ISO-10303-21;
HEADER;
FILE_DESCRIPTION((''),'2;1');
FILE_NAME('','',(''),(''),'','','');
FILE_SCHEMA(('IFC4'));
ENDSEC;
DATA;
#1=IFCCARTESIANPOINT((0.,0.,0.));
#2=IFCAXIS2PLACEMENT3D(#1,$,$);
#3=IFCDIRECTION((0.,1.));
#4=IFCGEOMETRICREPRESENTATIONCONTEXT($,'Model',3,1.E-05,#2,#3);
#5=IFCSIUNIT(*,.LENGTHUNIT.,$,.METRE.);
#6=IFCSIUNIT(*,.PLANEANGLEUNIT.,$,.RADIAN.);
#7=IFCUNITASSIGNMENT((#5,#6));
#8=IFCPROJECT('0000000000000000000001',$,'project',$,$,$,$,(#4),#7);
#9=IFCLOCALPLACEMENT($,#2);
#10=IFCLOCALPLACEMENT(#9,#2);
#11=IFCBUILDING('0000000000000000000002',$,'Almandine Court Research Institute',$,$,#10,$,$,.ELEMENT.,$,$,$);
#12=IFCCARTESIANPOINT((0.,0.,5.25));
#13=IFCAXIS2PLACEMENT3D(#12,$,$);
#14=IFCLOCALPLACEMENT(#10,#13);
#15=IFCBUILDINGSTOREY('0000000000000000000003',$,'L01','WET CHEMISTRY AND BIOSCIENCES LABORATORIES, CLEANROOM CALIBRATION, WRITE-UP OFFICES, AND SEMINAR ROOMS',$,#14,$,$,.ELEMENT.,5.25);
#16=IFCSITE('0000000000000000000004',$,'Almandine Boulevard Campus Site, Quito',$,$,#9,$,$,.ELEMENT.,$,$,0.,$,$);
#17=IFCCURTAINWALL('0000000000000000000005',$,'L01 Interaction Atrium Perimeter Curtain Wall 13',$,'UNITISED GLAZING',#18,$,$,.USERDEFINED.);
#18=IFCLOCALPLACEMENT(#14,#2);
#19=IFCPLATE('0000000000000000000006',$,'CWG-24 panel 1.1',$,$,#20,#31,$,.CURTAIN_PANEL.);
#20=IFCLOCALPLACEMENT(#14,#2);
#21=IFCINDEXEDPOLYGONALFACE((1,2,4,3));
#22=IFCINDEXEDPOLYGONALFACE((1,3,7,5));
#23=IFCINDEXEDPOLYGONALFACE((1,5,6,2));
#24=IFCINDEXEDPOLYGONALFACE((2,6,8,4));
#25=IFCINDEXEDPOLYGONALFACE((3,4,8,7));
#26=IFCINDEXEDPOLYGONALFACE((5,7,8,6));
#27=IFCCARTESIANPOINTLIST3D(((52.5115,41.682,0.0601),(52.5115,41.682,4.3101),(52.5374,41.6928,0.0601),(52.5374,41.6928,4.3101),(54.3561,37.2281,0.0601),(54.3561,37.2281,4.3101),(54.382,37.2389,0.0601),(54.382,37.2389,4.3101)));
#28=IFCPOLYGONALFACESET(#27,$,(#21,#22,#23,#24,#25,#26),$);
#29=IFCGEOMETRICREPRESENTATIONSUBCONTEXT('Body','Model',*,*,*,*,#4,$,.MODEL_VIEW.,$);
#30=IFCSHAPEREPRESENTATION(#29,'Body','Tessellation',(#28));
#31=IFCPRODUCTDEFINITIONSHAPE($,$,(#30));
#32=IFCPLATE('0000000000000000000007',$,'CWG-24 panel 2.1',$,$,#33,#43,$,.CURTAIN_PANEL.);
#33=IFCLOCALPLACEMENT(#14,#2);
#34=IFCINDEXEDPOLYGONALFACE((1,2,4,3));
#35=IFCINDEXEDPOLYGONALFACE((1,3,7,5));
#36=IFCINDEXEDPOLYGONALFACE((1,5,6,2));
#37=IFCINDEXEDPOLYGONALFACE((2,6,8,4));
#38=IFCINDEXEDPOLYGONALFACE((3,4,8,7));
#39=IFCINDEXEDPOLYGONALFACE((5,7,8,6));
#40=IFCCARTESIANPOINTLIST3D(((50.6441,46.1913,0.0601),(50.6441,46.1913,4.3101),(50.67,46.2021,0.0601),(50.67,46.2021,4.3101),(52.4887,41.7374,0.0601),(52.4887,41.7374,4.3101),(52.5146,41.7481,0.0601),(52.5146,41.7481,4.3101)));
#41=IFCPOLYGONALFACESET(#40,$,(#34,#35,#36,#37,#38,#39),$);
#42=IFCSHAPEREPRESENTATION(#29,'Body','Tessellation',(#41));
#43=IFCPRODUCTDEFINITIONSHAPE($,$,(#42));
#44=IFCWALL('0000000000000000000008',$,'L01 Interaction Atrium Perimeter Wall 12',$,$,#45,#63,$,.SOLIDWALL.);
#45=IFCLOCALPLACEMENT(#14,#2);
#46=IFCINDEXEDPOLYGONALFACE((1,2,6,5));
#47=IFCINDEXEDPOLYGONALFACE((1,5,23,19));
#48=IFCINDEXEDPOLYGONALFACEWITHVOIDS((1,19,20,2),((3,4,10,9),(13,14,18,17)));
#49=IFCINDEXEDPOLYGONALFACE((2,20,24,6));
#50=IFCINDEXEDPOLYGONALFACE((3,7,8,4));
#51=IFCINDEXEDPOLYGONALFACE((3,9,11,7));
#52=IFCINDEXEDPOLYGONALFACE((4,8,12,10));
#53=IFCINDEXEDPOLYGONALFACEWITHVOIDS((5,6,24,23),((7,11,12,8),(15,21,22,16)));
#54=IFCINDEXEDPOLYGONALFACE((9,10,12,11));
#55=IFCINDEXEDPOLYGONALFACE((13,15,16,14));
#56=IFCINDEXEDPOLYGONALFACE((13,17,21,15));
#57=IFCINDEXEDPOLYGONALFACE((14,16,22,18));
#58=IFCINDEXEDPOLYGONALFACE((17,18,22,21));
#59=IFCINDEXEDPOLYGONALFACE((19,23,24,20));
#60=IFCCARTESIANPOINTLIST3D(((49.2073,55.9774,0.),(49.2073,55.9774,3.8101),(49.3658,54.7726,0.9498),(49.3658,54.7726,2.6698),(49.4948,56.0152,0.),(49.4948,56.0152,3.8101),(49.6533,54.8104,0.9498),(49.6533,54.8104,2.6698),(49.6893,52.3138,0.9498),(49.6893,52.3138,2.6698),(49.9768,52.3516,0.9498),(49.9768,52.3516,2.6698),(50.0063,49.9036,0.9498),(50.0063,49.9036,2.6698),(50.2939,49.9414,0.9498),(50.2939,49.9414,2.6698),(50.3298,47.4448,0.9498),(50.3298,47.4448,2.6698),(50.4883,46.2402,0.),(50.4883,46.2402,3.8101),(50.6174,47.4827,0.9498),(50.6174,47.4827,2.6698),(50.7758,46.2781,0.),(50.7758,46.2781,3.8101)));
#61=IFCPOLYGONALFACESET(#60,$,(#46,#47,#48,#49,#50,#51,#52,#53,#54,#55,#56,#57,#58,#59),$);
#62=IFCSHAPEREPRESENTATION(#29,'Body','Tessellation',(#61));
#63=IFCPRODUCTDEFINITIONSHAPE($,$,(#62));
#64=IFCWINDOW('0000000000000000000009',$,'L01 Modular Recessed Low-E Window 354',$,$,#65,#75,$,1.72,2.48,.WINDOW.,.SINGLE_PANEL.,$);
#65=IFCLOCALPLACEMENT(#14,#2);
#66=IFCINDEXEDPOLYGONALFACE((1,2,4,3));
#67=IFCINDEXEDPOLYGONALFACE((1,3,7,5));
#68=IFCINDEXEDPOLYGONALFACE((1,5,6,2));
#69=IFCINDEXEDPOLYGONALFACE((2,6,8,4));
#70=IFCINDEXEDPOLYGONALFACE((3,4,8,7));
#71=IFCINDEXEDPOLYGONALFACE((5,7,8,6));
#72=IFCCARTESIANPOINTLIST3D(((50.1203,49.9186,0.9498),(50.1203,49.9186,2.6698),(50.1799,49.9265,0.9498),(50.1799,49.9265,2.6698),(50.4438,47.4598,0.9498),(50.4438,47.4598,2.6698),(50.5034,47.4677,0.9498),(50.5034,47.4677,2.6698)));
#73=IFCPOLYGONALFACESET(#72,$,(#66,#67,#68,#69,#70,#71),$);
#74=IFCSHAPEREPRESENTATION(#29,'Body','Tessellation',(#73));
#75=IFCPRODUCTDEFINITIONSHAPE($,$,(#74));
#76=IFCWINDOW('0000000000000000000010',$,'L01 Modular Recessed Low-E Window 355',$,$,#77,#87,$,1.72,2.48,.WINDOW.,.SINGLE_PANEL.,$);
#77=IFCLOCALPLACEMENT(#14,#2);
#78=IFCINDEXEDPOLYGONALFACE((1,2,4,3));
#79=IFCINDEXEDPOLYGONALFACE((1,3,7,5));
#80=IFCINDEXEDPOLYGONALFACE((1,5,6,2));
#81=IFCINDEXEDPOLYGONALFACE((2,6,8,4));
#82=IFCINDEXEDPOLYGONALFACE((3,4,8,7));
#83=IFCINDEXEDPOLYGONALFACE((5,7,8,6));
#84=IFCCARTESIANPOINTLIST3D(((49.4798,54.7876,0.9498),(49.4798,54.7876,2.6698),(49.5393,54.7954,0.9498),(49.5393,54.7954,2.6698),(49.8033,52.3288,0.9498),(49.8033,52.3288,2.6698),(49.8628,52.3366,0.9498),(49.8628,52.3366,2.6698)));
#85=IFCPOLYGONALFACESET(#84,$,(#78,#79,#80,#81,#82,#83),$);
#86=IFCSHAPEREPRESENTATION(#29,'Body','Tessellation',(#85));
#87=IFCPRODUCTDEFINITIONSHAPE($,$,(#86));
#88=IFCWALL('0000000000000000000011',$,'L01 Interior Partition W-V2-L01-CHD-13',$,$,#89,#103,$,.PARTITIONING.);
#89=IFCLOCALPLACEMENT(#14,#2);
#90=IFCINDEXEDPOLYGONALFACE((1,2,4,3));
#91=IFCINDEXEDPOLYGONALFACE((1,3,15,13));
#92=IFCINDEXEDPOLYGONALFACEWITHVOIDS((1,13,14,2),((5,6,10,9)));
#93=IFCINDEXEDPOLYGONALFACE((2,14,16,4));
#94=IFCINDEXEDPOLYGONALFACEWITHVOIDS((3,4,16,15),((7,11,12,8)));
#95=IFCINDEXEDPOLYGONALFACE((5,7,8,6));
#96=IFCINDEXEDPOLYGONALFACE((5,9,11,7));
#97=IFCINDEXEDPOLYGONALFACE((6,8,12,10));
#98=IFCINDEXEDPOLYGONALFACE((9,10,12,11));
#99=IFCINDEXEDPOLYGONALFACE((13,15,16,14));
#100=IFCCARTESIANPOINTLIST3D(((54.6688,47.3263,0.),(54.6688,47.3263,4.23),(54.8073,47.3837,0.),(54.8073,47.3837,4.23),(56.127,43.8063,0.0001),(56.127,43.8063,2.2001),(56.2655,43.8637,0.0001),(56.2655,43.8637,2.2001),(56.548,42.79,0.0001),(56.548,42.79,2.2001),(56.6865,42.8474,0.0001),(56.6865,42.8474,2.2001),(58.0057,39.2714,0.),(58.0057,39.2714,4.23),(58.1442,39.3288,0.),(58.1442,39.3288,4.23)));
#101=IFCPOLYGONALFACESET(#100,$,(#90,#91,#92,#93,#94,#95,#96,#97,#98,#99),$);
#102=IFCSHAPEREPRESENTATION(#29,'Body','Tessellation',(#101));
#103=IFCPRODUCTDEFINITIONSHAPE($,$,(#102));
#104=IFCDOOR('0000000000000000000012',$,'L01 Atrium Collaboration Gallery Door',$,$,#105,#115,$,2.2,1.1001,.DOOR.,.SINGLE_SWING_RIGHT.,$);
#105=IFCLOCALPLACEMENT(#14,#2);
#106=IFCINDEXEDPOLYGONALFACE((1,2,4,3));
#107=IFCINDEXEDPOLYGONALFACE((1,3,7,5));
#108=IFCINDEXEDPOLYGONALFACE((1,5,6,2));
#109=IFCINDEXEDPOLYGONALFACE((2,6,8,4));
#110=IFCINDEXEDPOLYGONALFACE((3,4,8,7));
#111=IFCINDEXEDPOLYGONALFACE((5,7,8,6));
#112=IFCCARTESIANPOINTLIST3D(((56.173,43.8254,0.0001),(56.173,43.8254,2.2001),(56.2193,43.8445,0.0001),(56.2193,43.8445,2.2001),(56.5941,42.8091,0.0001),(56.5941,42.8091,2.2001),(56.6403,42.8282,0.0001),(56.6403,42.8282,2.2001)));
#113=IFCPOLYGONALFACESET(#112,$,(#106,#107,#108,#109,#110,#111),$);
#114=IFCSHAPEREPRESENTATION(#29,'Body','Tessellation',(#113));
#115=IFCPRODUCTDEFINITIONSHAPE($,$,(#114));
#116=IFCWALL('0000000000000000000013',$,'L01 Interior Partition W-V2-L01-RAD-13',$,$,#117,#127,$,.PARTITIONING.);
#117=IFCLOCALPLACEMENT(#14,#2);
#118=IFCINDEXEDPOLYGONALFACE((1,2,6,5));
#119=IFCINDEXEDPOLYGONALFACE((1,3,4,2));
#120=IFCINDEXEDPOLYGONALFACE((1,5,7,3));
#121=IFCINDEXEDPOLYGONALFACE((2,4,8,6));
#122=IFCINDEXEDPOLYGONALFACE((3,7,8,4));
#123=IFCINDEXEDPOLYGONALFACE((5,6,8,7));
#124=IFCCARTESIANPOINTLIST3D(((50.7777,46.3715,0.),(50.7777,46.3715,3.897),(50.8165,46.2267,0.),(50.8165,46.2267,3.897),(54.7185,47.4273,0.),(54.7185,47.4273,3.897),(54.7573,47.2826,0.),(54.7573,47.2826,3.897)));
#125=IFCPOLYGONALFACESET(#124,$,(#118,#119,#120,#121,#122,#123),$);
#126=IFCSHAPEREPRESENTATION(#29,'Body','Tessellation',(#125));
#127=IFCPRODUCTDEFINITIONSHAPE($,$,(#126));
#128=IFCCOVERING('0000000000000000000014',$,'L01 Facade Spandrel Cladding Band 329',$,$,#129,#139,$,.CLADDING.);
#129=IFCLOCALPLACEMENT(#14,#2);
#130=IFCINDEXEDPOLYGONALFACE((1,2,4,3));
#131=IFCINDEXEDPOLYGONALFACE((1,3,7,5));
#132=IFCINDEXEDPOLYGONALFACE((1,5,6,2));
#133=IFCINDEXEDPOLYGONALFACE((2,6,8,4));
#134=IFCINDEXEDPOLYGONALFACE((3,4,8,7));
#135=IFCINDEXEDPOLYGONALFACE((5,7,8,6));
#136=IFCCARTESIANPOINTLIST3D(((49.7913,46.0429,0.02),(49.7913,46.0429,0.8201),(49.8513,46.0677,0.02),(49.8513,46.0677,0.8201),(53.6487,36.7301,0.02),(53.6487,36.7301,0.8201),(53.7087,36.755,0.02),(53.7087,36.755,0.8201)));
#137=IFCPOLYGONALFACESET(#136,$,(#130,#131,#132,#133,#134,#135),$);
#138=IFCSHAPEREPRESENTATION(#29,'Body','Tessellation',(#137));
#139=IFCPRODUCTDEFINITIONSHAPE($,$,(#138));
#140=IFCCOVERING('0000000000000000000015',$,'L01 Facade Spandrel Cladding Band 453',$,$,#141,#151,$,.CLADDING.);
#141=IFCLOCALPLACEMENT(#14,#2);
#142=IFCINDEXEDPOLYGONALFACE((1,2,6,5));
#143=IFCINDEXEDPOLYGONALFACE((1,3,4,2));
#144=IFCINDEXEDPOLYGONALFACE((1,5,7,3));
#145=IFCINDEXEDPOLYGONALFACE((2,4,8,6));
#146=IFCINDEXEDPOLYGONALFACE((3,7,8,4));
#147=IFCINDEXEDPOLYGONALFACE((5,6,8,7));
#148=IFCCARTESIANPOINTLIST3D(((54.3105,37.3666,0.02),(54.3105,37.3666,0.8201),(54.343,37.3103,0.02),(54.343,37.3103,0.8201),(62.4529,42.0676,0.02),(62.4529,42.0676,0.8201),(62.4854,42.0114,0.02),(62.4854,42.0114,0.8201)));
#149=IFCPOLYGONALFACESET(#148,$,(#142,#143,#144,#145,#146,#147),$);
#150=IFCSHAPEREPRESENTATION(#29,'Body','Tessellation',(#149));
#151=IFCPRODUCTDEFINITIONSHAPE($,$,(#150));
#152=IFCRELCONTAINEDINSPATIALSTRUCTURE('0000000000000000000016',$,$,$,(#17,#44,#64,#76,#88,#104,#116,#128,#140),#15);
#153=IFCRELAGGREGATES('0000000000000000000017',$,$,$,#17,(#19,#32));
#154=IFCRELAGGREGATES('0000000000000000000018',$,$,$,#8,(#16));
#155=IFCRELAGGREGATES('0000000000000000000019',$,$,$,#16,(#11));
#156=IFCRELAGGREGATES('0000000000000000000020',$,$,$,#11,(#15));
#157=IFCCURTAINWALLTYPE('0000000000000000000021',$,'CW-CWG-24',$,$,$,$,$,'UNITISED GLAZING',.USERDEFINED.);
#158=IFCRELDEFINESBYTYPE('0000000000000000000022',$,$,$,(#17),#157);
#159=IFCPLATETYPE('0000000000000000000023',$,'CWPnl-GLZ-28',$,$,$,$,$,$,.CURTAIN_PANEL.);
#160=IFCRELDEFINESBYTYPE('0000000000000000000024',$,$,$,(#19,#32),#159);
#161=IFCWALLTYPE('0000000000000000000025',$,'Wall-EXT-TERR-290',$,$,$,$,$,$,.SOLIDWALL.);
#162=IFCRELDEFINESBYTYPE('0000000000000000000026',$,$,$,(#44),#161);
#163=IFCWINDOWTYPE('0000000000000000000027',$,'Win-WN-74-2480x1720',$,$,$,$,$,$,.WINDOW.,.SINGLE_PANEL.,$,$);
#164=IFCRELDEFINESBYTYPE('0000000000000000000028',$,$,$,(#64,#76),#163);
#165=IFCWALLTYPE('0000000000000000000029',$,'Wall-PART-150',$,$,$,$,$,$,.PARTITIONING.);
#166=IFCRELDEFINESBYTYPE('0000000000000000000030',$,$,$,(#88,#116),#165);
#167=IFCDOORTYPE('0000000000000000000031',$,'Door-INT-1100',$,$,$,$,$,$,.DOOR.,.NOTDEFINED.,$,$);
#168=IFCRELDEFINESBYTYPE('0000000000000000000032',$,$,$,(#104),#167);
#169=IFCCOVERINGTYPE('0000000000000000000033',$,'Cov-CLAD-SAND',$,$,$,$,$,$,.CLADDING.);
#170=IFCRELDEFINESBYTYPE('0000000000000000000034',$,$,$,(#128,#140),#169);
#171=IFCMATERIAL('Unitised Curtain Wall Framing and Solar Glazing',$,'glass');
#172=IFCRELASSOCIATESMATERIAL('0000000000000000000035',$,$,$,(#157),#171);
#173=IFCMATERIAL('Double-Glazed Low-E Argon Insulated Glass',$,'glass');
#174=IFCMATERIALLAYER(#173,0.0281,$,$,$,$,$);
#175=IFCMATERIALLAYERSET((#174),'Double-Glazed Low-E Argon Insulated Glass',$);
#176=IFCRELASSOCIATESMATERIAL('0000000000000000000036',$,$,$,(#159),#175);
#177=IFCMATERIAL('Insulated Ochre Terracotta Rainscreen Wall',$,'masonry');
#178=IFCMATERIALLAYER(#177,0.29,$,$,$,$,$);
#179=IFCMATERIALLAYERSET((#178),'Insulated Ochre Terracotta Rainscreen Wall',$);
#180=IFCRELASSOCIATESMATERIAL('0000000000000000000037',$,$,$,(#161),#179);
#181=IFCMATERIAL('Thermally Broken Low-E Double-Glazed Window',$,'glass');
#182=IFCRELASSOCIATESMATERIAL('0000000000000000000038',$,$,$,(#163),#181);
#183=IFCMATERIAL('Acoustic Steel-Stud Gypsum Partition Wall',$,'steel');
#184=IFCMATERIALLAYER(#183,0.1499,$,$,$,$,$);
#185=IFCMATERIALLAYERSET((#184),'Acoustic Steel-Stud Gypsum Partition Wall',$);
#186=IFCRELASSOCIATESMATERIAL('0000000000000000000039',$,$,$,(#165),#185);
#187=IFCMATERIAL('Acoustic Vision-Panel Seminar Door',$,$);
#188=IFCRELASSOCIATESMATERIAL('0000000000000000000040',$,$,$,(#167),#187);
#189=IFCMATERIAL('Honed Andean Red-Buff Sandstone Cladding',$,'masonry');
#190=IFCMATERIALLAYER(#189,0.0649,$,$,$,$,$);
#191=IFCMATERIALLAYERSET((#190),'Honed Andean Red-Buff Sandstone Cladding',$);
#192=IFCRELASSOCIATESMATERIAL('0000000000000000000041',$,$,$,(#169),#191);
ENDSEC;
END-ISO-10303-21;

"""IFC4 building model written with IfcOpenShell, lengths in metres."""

from ifc_helpers import new_model, si_unit, direction, frame, frame_2d, origin, origin_2d, place, context, subcontext, project, spatial, rectangle, extrude, material, layer, layer_set, type_object, element, fill, aggregate, save


model = new_model("IFC4")

# Units and contexts
model_context = context("Model", 3, precision=1e-05, world=origin(), true_north=direction((0.0, 1.0)))
body_context = subcontext(model_context, "Body", "Model", "MODEL_VIEW")
ifc_project = project(units=[si_unit("LENGTHUNIT", "METRE"), si_unit("PLANEANGLEUNIT", "RADIAN")], contexts=[model_context])

# Site, building, storey
site_placement = place(None, origin())
site = spatial("IfcSite", under=ifc_project, at=site_placement, Name="Almandine Boulevard Campus Site, Quito", CompositionType="ELEMENT", RefElevation=0.0)
building_placement = place(site_placement, origin())
building = spatial("IfcBuilding", under=site, at=building_placement, Name="Almandine Court Research Institute", CompositionType="ELEMENT")
storey_placement = place(building_placement, frame((0.0, 0.0, 5.25)))
storey = spatial("IfcBuildingStorey", under=building, at=storey_placement, Name="L01", Description="WET CHEMISTRY AND BIOSCIENCES LABORATORIES, CLEANROOM CALIBRATION, WRITE-UP OFFICES, AND SEMINAR ROOMS", CompositionType="ELEMENT", Elevation=5.25)

# Curtain wall, plates
ifc_material_1 = material(Name="Unitised Curtain Wall Framing and Solar Glazing", Category="glass")
curtain_wall_type = type_object("IfcCurtainWallType", Name="CW-CWG-24", ElementType="UNITISED GLAZING", PredefinedType="USERDEFINED", material=ifc_material_1)
curtain_wall_placement = place(storey_placement, origin())
curtain_wall = element("IfcCurtainWall", 1, at=curtain_wall_placement, inside=storey, type_object=curtain_wall_type, Name="L01 Interaction Atrium Perimeter Curtain Wall 13", ObjectType="UNITISED GLAZING", PredefinedType="USERDEFINED")
ifc_material_2 = material(Name="Double-Glazed Low-E Argon Insulated Glass", Category="glass")
ifc_layer_1 = layer(ifc_material_2, 0.0281)
ifc_layer_set_1 = layer_set([ifc_layer_1], Name="Double-Glazed Low-E Argon Insulated Glass")
plate_type = type_object("IfcPlateType", Name="CWPnl-GLZ-28", PredefinedType="CURTAIN_PANEL", material=ifc_layer_set_1)
plate_1_placement = place(storey_placement, frame((53.4468, 39.4604, 0.0601), z_axis=(0.0, 0.0, 1.0), x_axis=(-0.382634, 0.9239, 0.0)))
plate_1 = element("IfcPlate", 2, at=plate_1_placement, type_object=plate_type, Name="CWG-24 panel 1.1", PredefinedType="CURTAIN_PANEL", context=body_context, shape_type="SweptSolid", body=[
    extrude(rectangle(XDim=4.8208, YDim=0.0281, at=origin_2d()), origin(), (0.0, 0.0, 1.0), 4.25),
])
plate_2_placement = place(storey_placement, frame((51.5793, 43.9697, 0.0601), z_axis=(0.0, 0.0, 1.0), x_axis=(-0.382634, 0.9239, 0.0)))
plate_2 = element("IfcPlate", 3, at=plate_2_placement, type_object=plate_type, Name="CWG-24 panel 2.1", PredefinedType="CURTAIN_PANEL", context=body_context, shape_type="SweptSolid", body=[
    extrude(rectangle(XDim=4.8208, YDim=0.0281, at=origin_2d()), origin(), (0.0, 0.0, 1.0), 4.25),
])
aggregate(curtain_wall, [plate_1, plate_2])

# Wall, openings, windows
ifc_material_3 = material(Name="Insulated Ochre Terracotta Rainscreen Wall", Category="masonry")
ifc_layer_2 = layer(ifc_material_3, 0.29)
ifc_layer_set_2 = layer_set([ifc_layer_2], Name="Insulated Ochre Terracotta Rainscreen Wall")
wall_type_1 = type_object("IfcWallType", Name="Wall-EXT-TERR-290", PredefinedType="SOLIDWALL", material=ifc_layer_set_2)
wall_1_placement = place(storey_placement, frame((50.6321, 46.259, 0.0), z_axis=(0.0, 0.0, 1.0), x_axis=(-0.130436, 0.991457, 0.0)))
wall_1 = element("IfcWall", 4, at=wall_1_placement, inside=storey, type_object=wall_type_1, Name="L01 Interaction Atrium Perimeter Wall 12", PredefinedType="SOLIDWALL", context=body_context, shape_type="SweptSolid", body=[
    extrude(rectangle(XDim=9.821, YDim=0.29, at=frame_2d((4.9106, 0.0))), origin(), (0.0, 0.0, 1.0), 3.8101),
])
opening_1_placement = place(wall_1_placement, frame((1.2151, 0.0, 0.95)))
opening_1 = element("IfcOpeningElement", 5, at=opening_1_placement, cuts=wall_1, PredefinedType="OPENING", context=body_context, shape_type="SweptSolid", body=[
    extrude(rectangle(XDim=2.48, YDim=1.72, at=frame_2d((1.24, 0.8599))), frame((0.0, 0.155, 0.0), z_axis=(0.0, -1.0, 0.0), x_axis=(1.0, 0.0, 0.0)), (0.0, 0.0, 1.0), 0.3101),
])
opening_2_placement = place(wall_1_placement, frame((6.126, 0.0, 0.95)))
opening_2 = element("IfcOpeningElement", 6, at=opening_2_placement, cuts=wall_1, PredefinedType="OPENING", context=body_context, shape_type="SweptSolid", body=[
    extrude(rectangle(XDim=2.48, YDim=1.72, at=frame_2d((1.24, 0.8599))), frame((0.0, 0.155, 0.0), z_axis=(0.0, -1.0, 0.0), x_axis=(1.0, 0.0, 0.0)), (0.0, 0.0, 1.0), 0.3101),
])
ifc_material_4 = material(Name="Thermally Broken Low-E Double-Glazed Window", Category="glass")
window_type = type_object("IfcWindowType", Name="Win-WN-74-2480x1720", PartitioningType="SINGLE_PANEL", PredefinedType="WINDOW", material=ifc_material_4)
window_1_placement = place(opening_1_placement, origin())
window_1 = element("IfcWindow", 7, at=window_1_placement, inside=storey, type_object=window_type, Name="L01 Modular Recessed Low-E Window 354", OverallHeight=1.72, OverallWidth=2.48, PartitioningType="SINGLE_PANEL", PredefinedType="WINDOW", context=body_context, shape_type="SweptSolid", body=[
    extrude(rectangle(XDim=2.48, YDim=1.72, at=frame_2d((1.24, 0.8599))), frame((0.0, 0.03, 0.0), z_axis=(0.0, -1.0, 0.0), x_axis=(1.0, 0.0, 0.0)), (0.0, 0.0, 1.0), 0.0601),
])
fill(opening_1, window_1)
window_2_placement = place(opening_2_placement, origin())
window_2 = element("IfcWindow", 8, at=window_2_placement, inside=storey, type_object=window_type, Name="L01 Modular Recessed Low-E Window 355", OverallHeight=1.72, OverallWidth=2.48, PartitioningType="SINGLE_PANEL", PredefinedType="WINDOW", context=body_context, shape_type="SweptSolid", body=[
    extrude(rectangle(XDim=2.48, YDim=1.72, at=frame_2d((1.24, 0.8599))), frame((0.0, 0.03, 0.0), z_axis=(0.0, -1.0, 0.0), x_axis=(1.0, 0.0, 0.0)), (0.0, 0.0, 1.0), 0.0601),
])
fill(opening_2, window_2)

# Wall, opening, door
ifc_material_5 = material(Name="Acoustic Steel-Stud Gypsum Partition Wall", Category="steel")
ifc_layer_3 = layer(ifc_material_5, 0.1499)
ifc_layer_set_3 = layer_set([ifc_layer_3], Name="Acoustic Steel-Stud Gypsum Partition Wall")
wall_type_2 = type_object("IfcWallType", Name="Wall-PART-150", PredefinedType="PARTITIONING", material=ifc_layer_set_3)
wall_2_placement = place(storey_placement, frame((54.738, 47.355, 0.0), z_axis=(0.0, 0.0, 1.0), x_axis=(0.382728, -0.923861, 0.0)))
wall_2 = element("IfcWall", 9, at=wall_2_placement, inside=storey, type_object=wall_type_2, Name="L01 Interior Partition W-V2-L01-CHD-13", PredefinedType="PARTITIONING", context=body_context, shape_type="SweptSolid", body=[
    extrude(rectangle(XDim=8.7188, YDim=0.1499, at=frame_2d((4.3594, 0.0))), origin(), (0.0, 0.0, 1.0), 4.23),
])
opening_3_placement = place(wall_2_placement, frame((3.8101, 0.0, 0.0)))
opening_3 = element("IfcOpeningElement", 10, at=opening_3_placement, cuts=wall_2, PredefinedType="OPENING", context=body_context, shape_type="SweptSolid", body=[
    extrude(rectangle(XDim=1.1001, YDim=2.2, at=frame_2d((0.55, 1.1001))), frame((0.0, 0.085, 0.0), z_axis=(0.0, -1.0, 0.0), x_axis=(1.0, 0.0, 0.0)), (0.0, 0.0, 1.0), 0.1699),
])
ifc_material_6 = material(Name="Acoustic Vision-Panel Seminar Door")
door_type = type_object("IfcDoorType", Name="Door-INT-1100", OperationType="NOTDEFINED", PredefinedType="DOOR", material=ifc_material_6)
door_placement = place(opening_3_placement, origin())
door = element("IfcDoor", 11, at=door_placement, inside=storey, type_object=door_type, Name="L01 Atrium Collaboration Gallery Door", OperationType="SINGLE_SWING_RIGHT", OverallHeight=2.2, OverallWidth=1.1001, PredefinedType="DOOR", context=body_context, shape_type="SweptSolid", body=[
    extrude(rectangle(XDim=1.1001, YDim=2.2, at=frame_2d((0.55, 1.1001))), frame((0.0, 0.0249, 0.0), z_axis=(0.0, -1.0, 0.0), x_axis=(1.0, 0.0, 0.0)), (0.0, 0.0, 1.0), 0.05),
])
fill(opening_3, door)

# Wall
wall_3_placement = place(storey_placement, frame((54.738, 47.355, 0.0), z_axis=(0.0, 0.0, 1.0), x_axis=(-0.965929, -0.258806, 0.0)))
element("IfcWall", 12, at=wall_3_placement, inside=storey, type_object=wall_type_2, Name="L01 Interior Partition W-V2-L01-RAD-13", PredefinedType="PARTITIONING", context=body_context, shape_type="SweptSolid", body=[
    extrude(rectangle(XDim=4.0798, YDim=0.1499, at=frame_2d((2.04, 0.0))), origin(), (0.0, 0.0, 1.0), 3.897),
])

# Coverings
ifc_material_7 = material(Name="Honed Andean Red-Buff Sandstone Cladding", Category="masonry")
ifc_layer_4 = layer(ifc_material_7, 0.0649)
ifc_layer_set_4 = layer_set([ifc_layer_4], Name="Honed Andean Red-Buff Sandstone Cladding")
covering_type = type_object("IfcCoveringType", Name="Cov-CLAD-SAND", PredefinedType="CLADDING", material=ifc_layer_set_4)
covering_1_placement = place(storey_placement, frame((51.75, 41.3989, 0.02), z_axis=(0.0, 0.0, 1.0), x_axis=(0.382683, -0.92388, 0.0)))
element("IfcCovering", 13, at=covering_1_placement, inside=storey, type_object=covering_type, Name="L01 Facade Spandrel Cladding Band 329", PredefinedType="CLADDING", context=body_context, shape_type="SweptSolid", body=[
    extrude(rectangle(XDim=10.0801, YDim=0.0649, at=origin_2d()), origin(), (0.0, 0.0, 1.0), 0.8),
])
covering_2_placement = place(storey_placement, frame((58.3979, 39.689, 0.02), z_axis=(0.0, 0.0, 1.0), x_axis=(0.866025, 0.5, 0.0)))
element("IfcCovering", 14, at=covering_2_placement, inside=storey, type_object=covering_type, Name="L01 Facade Spandrel Cladding Band 453", PredefinedType="CLADDING", context=body_context, shape_type="SweptSolid", body=[
    extrude(rectangle(XDim=9.4021, YDim=0.0649, at=origin_2d()), origin(), (0.0, 0.0, 1.0), 0.8),
])

save(model, "model.ifc")
